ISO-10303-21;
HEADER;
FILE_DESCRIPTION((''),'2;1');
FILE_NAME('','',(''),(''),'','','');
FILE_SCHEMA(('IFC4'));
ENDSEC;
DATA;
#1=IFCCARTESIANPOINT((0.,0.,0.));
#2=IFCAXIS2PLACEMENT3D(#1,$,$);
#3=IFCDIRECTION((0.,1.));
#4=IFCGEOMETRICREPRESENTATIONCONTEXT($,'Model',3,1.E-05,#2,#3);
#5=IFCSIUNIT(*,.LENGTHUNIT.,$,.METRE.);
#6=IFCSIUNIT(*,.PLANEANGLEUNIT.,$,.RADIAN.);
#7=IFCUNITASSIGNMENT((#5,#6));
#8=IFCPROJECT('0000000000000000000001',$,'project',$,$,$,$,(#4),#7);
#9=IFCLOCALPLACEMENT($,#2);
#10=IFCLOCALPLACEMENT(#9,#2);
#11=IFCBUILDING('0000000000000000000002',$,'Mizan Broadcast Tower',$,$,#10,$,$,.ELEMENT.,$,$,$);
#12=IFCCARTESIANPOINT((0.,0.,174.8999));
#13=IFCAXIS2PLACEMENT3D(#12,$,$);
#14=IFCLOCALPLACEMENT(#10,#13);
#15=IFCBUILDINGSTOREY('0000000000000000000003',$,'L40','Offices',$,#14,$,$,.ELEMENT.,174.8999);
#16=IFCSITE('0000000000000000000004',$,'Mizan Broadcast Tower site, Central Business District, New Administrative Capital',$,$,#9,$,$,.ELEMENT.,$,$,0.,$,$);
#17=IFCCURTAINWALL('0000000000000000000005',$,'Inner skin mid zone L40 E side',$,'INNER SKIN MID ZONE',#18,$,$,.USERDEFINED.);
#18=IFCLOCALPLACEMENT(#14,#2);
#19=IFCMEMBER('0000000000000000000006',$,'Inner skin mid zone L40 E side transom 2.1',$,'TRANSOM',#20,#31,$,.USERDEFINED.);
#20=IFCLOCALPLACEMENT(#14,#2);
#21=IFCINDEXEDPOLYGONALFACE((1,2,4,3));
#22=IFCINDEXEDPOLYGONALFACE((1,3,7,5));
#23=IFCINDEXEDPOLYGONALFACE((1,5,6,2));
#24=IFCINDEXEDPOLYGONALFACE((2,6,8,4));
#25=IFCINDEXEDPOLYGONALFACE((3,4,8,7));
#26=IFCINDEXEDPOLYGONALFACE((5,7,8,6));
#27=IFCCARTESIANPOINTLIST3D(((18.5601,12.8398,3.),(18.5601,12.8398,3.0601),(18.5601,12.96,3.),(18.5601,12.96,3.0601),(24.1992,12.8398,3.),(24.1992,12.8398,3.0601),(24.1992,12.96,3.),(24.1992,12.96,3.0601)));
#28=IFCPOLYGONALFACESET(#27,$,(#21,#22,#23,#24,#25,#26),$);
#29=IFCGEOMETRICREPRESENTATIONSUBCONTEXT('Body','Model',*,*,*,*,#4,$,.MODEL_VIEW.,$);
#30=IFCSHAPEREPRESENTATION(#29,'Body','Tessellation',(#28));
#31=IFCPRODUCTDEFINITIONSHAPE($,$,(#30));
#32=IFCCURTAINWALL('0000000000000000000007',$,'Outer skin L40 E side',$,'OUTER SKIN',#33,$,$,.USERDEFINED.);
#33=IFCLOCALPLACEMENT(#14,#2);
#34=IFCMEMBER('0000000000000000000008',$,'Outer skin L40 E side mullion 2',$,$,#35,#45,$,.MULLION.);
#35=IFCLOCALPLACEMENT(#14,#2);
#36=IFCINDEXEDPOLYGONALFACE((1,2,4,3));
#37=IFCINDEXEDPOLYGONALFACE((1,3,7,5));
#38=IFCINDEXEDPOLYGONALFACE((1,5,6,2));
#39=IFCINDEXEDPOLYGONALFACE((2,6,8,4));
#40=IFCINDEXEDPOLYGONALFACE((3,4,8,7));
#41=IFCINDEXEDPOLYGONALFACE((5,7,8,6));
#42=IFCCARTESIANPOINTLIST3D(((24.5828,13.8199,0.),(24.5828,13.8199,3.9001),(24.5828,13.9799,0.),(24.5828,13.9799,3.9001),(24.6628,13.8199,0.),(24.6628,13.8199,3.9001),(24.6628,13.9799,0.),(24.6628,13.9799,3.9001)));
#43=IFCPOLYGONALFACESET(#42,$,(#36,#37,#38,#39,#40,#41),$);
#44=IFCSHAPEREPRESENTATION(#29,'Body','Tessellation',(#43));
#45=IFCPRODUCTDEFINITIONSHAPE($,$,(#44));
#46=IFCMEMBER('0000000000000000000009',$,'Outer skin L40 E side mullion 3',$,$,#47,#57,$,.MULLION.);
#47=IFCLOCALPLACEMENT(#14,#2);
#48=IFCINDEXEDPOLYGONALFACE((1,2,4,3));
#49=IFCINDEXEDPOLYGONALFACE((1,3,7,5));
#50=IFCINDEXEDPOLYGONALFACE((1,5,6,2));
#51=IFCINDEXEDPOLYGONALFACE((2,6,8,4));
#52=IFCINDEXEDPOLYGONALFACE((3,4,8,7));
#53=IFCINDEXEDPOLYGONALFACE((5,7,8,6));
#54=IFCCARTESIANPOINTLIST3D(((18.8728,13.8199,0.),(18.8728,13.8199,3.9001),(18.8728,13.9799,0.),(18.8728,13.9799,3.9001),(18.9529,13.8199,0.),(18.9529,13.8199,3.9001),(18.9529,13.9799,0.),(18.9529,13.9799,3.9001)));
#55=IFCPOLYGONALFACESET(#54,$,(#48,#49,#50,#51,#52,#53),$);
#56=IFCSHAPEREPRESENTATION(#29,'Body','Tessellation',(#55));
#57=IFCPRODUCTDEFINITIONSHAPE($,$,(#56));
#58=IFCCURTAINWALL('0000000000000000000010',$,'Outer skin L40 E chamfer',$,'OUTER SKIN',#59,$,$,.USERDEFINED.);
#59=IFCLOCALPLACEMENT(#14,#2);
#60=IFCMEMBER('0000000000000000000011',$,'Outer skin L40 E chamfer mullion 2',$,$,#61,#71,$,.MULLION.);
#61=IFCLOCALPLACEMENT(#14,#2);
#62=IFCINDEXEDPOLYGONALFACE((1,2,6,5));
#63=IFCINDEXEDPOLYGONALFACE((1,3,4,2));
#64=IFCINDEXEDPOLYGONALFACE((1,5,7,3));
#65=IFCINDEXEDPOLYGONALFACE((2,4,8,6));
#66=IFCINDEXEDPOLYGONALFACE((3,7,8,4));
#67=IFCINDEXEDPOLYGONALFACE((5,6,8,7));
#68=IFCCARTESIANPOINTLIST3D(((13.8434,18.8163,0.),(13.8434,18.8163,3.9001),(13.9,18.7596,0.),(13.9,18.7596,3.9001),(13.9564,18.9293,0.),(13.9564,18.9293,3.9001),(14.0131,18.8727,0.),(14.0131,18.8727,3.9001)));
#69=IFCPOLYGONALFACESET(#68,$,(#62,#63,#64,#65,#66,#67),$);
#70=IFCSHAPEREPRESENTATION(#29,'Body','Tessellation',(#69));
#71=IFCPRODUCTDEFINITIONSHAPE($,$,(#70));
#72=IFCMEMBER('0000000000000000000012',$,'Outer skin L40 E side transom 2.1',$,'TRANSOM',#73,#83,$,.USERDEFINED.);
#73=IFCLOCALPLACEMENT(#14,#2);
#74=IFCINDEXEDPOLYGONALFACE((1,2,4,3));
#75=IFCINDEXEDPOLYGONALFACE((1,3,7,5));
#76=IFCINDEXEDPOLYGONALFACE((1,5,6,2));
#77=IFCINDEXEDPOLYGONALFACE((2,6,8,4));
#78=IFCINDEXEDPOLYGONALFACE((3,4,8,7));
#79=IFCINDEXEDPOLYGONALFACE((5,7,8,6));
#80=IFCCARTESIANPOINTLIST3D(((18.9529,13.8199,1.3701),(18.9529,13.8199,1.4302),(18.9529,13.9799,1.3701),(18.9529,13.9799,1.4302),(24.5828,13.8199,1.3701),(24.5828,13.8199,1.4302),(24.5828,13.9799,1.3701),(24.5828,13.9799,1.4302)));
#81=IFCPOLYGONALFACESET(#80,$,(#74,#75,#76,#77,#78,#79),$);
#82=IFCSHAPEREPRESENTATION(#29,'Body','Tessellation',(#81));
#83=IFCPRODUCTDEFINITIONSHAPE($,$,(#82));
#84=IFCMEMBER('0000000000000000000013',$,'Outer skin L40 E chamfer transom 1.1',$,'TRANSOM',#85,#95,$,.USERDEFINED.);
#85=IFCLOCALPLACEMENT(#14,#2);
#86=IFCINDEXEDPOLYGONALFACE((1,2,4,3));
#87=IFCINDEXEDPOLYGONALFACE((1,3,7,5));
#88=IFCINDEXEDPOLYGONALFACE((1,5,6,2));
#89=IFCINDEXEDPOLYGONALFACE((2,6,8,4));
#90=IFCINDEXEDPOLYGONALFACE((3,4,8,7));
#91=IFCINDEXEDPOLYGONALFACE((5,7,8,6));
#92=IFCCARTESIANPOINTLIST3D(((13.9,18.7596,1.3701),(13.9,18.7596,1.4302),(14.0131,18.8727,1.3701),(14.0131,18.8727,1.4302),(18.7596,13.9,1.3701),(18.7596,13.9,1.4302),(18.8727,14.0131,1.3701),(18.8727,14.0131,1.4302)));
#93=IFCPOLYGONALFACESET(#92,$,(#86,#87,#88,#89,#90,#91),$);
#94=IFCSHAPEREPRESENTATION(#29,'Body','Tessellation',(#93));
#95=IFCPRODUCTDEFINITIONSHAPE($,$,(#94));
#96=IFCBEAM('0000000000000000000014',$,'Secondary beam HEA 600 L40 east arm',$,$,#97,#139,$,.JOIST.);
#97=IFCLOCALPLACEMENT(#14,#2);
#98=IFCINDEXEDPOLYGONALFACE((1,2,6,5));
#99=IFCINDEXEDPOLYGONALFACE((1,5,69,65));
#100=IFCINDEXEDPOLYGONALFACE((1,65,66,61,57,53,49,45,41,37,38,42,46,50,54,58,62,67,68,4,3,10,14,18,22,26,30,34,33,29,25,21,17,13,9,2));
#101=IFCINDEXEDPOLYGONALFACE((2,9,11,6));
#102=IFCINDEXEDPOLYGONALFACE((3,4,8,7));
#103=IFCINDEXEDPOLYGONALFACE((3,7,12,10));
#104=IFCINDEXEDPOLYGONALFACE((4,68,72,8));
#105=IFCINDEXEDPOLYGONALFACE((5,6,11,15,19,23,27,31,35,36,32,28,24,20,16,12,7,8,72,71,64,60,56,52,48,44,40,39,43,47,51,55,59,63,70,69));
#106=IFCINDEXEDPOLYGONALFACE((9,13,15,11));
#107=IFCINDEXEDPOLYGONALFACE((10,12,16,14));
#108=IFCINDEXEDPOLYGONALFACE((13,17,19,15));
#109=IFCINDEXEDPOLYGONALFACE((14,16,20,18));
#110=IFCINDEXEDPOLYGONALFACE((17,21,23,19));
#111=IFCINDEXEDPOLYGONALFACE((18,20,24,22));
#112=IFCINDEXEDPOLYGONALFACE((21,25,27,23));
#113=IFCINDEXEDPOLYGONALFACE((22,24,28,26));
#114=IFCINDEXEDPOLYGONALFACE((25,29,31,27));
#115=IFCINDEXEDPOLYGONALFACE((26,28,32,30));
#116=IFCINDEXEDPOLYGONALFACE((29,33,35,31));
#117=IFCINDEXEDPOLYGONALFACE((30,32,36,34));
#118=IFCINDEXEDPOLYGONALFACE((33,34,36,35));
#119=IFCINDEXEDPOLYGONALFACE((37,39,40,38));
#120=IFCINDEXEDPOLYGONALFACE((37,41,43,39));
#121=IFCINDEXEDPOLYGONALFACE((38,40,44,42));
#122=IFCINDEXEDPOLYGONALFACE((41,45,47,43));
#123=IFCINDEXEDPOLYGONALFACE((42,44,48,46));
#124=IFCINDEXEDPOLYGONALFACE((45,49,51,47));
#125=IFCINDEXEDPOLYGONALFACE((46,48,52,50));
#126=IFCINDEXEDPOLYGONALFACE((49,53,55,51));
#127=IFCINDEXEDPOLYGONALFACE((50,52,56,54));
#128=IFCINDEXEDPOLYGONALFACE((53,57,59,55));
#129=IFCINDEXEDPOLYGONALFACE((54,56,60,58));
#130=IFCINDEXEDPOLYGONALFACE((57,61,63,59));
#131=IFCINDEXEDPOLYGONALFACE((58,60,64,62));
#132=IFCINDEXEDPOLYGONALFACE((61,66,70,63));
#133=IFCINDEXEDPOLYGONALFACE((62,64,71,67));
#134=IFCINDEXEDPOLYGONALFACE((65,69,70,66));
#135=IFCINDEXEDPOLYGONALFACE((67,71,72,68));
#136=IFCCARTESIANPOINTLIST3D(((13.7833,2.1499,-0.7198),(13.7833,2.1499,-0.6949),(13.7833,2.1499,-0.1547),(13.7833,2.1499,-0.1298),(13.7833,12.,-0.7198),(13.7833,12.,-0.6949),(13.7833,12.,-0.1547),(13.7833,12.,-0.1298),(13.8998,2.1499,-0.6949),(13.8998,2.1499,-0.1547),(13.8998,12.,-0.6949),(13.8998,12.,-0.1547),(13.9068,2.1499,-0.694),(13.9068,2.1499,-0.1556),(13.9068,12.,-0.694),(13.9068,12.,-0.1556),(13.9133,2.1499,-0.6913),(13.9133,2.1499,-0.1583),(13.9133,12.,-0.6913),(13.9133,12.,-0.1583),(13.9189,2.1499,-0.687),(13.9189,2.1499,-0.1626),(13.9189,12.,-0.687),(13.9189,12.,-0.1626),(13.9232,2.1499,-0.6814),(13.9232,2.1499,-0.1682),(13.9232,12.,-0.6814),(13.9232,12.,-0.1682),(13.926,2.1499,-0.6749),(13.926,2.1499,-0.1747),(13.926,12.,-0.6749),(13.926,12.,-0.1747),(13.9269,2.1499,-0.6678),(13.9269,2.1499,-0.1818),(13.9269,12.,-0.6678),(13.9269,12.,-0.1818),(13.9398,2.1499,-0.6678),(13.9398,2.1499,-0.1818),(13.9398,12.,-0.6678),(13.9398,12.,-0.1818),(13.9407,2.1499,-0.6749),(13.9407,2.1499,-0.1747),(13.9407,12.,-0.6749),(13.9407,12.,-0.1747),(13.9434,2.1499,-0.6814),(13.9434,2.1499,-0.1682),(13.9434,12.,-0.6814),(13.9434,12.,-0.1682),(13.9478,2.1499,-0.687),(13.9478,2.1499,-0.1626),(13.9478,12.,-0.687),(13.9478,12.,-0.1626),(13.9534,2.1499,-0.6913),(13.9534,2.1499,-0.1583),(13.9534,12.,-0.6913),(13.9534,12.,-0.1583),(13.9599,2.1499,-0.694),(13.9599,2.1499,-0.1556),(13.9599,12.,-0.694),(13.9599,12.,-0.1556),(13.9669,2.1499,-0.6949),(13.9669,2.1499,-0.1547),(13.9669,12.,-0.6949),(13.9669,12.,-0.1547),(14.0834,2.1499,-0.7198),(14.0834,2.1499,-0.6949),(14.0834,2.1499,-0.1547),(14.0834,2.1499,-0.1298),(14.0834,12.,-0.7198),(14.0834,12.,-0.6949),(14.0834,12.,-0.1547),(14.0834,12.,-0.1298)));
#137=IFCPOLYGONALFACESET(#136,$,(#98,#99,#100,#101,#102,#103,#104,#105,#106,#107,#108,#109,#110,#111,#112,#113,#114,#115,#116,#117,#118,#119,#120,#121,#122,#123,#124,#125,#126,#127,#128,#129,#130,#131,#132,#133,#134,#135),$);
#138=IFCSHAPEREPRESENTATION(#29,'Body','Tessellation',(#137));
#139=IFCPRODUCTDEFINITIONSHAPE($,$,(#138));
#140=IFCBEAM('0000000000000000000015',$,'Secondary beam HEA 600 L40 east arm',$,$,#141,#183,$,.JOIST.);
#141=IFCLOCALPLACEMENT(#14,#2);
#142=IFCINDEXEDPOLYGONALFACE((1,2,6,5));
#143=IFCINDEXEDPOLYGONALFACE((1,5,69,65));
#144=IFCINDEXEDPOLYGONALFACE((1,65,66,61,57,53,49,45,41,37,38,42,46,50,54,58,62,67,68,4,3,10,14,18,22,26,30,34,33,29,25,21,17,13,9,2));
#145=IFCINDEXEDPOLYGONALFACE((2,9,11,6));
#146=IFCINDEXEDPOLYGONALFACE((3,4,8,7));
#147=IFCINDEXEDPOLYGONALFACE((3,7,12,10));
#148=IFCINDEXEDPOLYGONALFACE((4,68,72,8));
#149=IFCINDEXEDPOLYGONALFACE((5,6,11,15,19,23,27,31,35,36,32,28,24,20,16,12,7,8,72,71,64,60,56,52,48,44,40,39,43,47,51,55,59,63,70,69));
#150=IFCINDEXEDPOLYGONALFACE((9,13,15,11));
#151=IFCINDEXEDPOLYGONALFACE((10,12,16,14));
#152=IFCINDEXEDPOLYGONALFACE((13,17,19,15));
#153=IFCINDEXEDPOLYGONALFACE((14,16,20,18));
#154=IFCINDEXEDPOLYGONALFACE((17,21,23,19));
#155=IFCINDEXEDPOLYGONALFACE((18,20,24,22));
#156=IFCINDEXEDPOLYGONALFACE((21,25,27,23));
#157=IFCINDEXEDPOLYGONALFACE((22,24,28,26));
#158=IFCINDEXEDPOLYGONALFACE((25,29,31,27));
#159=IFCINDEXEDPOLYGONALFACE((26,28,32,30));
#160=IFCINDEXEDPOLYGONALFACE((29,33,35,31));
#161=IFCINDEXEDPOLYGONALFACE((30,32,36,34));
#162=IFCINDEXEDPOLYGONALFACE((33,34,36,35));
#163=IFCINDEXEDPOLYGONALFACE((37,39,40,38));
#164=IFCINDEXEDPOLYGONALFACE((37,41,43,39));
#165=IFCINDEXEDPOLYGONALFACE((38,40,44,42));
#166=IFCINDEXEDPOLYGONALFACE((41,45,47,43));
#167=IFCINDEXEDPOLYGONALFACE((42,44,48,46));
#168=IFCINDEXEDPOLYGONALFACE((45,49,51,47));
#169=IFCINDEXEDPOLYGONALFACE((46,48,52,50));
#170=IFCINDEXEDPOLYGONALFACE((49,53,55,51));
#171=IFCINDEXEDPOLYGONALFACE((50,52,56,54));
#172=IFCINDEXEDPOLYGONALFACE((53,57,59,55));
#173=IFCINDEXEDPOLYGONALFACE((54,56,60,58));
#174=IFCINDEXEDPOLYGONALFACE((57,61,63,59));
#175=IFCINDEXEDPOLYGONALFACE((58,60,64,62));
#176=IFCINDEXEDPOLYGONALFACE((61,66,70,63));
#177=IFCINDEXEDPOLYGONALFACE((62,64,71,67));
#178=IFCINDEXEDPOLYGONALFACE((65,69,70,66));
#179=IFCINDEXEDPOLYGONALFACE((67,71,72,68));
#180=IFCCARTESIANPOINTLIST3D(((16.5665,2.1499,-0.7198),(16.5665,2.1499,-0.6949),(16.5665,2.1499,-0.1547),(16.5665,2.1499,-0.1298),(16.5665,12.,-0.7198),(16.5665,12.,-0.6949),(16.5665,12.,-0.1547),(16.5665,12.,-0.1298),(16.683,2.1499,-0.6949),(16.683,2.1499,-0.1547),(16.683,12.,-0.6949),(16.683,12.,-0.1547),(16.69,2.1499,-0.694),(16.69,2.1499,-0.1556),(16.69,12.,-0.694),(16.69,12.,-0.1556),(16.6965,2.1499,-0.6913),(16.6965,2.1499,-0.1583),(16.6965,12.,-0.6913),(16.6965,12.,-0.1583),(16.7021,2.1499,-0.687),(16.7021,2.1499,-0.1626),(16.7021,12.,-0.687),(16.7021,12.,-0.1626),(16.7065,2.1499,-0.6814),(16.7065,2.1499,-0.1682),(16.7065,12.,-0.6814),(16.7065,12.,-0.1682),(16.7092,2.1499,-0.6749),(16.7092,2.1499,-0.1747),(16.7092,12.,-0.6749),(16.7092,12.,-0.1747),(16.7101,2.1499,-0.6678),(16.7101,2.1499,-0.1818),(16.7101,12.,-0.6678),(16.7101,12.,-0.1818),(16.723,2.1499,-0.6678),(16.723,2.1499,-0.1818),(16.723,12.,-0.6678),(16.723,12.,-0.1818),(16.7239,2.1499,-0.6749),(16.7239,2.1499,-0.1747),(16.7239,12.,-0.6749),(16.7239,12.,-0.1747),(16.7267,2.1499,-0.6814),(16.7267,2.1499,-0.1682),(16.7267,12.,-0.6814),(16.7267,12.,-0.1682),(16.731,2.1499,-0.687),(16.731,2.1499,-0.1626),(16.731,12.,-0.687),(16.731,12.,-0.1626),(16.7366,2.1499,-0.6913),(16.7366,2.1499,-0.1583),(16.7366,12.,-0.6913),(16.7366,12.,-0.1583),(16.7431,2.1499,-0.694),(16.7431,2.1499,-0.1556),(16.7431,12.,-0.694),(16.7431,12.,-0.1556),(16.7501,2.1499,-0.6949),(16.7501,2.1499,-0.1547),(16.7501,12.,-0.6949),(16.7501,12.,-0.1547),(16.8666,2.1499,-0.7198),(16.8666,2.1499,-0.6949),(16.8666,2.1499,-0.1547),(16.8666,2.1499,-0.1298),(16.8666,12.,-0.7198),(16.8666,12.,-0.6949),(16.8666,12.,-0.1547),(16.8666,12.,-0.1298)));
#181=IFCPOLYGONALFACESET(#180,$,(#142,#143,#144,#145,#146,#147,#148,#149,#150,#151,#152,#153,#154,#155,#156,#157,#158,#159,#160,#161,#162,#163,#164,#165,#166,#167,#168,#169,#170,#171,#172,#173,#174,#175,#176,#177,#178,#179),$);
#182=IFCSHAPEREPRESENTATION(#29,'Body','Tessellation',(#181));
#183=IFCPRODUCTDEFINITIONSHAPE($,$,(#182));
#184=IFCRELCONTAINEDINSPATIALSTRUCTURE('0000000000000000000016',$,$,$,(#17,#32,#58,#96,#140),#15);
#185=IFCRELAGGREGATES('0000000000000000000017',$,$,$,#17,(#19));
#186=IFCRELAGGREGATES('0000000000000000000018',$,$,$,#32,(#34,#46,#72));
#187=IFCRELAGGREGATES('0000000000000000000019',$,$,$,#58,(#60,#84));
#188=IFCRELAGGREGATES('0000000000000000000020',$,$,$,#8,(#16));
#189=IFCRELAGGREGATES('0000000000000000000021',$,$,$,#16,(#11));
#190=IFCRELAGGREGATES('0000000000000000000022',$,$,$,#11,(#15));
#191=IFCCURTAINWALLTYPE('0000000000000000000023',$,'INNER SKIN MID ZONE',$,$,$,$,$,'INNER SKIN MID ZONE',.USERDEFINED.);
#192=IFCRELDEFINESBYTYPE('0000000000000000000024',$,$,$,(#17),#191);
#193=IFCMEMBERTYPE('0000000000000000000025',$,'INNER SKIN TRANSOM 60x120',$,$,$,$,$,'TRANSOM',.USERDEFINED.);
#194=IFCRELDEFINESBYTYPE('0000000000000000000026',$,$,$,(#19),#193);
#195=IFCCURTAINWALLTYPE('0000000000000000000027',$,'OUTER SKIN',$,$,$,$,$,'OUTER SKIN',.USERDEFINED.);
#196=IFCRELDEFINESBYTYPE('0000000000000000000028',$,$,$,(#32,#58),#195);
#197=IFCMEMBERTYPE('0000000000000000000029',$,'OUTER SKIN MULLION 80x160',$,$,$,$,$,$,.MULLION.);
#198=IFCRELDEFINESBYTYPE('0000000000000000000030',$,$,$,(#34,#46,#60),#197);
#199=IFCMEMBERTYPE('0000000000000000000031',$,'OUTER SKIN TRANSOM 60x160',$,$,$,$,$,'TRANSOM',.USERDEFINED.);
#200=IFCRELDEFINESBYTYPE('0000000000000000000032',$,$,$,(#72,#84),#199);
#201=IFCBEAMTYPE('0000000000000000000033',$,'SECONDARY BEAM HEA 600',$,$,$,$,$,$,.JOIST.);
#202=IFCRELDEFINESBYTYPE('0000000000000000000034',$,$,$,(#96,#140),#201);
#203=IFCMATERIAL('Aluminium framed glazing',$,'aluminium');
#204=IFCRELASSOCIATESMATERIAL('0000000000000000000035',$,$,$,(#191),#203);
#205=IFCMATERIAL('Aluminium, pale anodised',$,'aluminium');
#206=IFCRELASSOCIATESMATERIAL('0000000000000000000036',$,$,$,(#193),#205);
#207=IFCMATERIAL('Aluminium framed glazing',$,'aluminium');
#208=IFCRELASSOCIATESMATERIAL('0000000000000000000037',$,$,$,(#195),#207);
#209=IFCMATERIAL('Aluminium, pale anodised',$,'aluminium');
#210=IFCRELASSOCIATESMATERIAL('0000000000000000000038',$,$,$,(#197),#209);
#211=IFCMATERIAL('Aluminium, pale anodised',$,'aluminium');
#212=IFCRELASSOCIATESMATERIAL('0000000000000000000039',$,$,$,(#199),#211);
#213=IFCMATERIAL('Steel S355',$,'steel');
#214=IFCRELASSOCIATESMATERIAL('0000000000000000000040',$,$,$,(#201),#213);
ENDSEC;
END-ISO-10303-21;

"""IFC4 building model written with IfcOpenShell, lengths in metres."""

from ifc_helpers import new_model, si_unit, direction, frame, origin, origin_2d, place, context, subcontext, project, spatial, rectangle, i_section, extrude, material, material_profile, profile_set, type_object, element, aggregate, save


model = new_model("IFC4")

# Units and contexts
model_context = context("Model", 3, precision=1e-05, world=origin(), true_north=direction((0.0, 1.0)))
body_context = subcontext(model_context, "Body", "Model", "MODEL_VIEW")
ifc_project = project(units=[si_unit("LENGTHUNIT", "METRE"), si_unit("PLANEANGLEUNIT", "RADIAN")], contexts=[model_context])

# Site, building, storey
site_placement = place(None, origin())
site = spatial("IfcSite", under=ifc_project, at=site_placement, Name="Mizan Broadcast Tower site, Central Business District, New Administrative Capital", CompositionType="ELEMENT", RefElevation=0.0)
building_placement = place(site_placement, origin())
building = spatial("IfcBuilding", under=site, at=building_placement, Name="Mizan Broadcast Tower", CompositionType="ELEMENT")
storey_placement = place(building_placement, frame((0.0, 0.0, 174.8999)))
storey = spatial("IfcBuildingStorey", under=building, at=storey_placement, Name="L40", Description="Offices", CompositionType="ELEMENT", Elevation=174.8999)

# Curtain walls, members
ifc_material_1 = material(Name="Aluminium framed glazing", Category="aluminium")
curtain_wall_type_1 = type_object("IfcCurtainWallType", Name="INNER SKIN MID ZONE", ElementType="INNER SKIN MID ZONE", PredefinedType="USERDEFINED", material=ifc_material_1)
curtain_wall_1_placement = place(storey_placement, origin())
curtain_wall_1 = element("IfcCurtainWall", 1, at=curtain_wall_1_placement, inside=storey, type_object=curtain_wall_type_1, Name="Inner skin mid zone L40 E side", ObjectType="INNER SKIN MID ZONE", PredefinedType="USERDEFINED")
ifc_material_2 = material(Name="Aluminium, pale anodised", Category="aluminium")
ifc_material_profile_1 = material_profile(ifc_material_2, rectangle(XDim=0.1201, YDim=0.0601, at=origin_2d()), Name="TRANSOM 120x60")
ifc_profile_set_1 = profile_set([ifc_material_profile_1], Name="Aluminium, pale anodised")
member_type_1 = type_object("IfcMemberType", Name="INNER SKIN TRANSOM 60x120", ElementType="TRANSOM", PredefinedType="USERDEFINED", material=ifc_profile_set_1)
member_1_placement = place(storey_placement, frame((24.1992, 12.8999, 3.03), z_axis=(-1.0, 0.0, 0.0), x_axis=(0.0, -1.0, 0.0)))
member_1 = element("IfcMember", 2, at=member_1_placement, type_object=member_type_1, Name="Inner skin mid zone L40 E side transom 2.1", ObjectType="TRANSOM", PredefinedType="USERDEFINED", context=body_context, shape_type="SweptSolid", body=[
    extrude(rectangle(XDim=0.1201, YDim=0.0601, at=origin_2d()), origin(), (0.0, 0.0, 1.0), 5.6392),
])
ifc_material_3 = material(Name="Aluminium framed glazing", Category="aluminium")
curtain_wall_type_2 = type_object("IfcCurtainWallType", Name="OUTER SKIN", ElementType="OUTER SKIN", PredefinedType="USERDEFINED", material=ifc_material_3)
curtain_wall_2_placement = place(storey_placement, origin())
curtain_wall_2 = element("IfcCurtainWall", 3, at=curtain_wall_2_placement, inside=storey, type_object=curtain_wall_type_2, Name="Outer skin L40 E side", ObjectType="OUTER SKIN", PredefinedType="USERDEFINED")
ifc_material_4 = material(Name="Aluminium, pale anodised", Category="aluminium")
ifc_material_profile_2 = material_profile(ifc_material_4, rectangle(XDim=0.1599, YDim=0.0801, at=origin_2d()), Name="MULLION 160x80")
ifc_profile_set_2 = profile_set([ifc_material_profile_2], Name="Aluminium, pale anodised")
member_type_2 = type_object("IfcMemberType", Name="OUTER SKIN MULLION 80x160", PredefinedType="MULLION", material=ifc_profile_set_2)
member_2_placement = place(storey_placement, frame((24.6228, 13.8999, 0.0), z_axis=(0.0, 0.0, 1.0), x_axis=(0.0, -1.0, 0.0)))
member_2 = element("IfcMember", 4, at=member_2_placement, type_object=member_type_2, Name="Outer skin L40 E side mullion 2", PredefinedType="MULLION", context=body_context, shape_type="SweptSolid", body=[
    extrude(rectangle(XDim=0.1599, YDim=0.0801, at=origin_2d()), origin(), (0.0, 0.0, 1.0), 3.9001),
])
member_3_placement = place(storey_placement, frame((18.9128, 13.8999, 0.0), z_axis=(0.0, 0.0, 1.0), x_axis=(0.0, -1.0, 0.0)))
member_3 = element("IfcMember", 5, at=member_3_placement, type_object=member_type_2, Name="Outer skin L40 E side mullion 3", PredefinedType="MULLION", context=body_context, shape_type="SweptSolid", body=[
    extrude(rectangle(XDim=0.1599, YDim=0.0801, at=origin_2d()), origin(), (0.0, 0.0, 1.0), 3.9001),
])

# Curtain wall, member
curtain_wall_3_placement = place(storey_placement, origin())
curtain_wall_3 = element("IfcCurtainWall", 6, at=curtain_wall_3_placement, inside=storey, type_object=curtain_wall_type_2, Name="Outer skin L40 E chamfer", ObjectType="OUTER SKIN", PredefinedType="USERDEFINED")
member_4_placement = place(storey_placement, frame((13.9282, 18.8445, 0.0), z_axis=(0.0, 0.0, 1.0), x_axis=(-0.707107, -0.707107, 0.0)))
member_4 = element("IfcMember", 7, at=member_4_placement, type_object=member_type_2, Name="Outer skin L40 E chamfer mullion 2", PredefinedType="MULLION", context=body_context, shape_type="SweptSolid", body=[
    extrude(rectangle(XDim=0.1599, YDim=0.0801, at=origin_2d()), origin(), (0.0, 0.0, 1.0), 3.9001),
])

# Members
ifc_material_5 = material(Name="Aluminium, pale anodised", Category="aluminium")
ifc_material_profile_3 = material_profile(ifc_material_5, rectangle(XDim=0.1599, YDim=0.0601, at=origin_2d()), Name="TRANSOM 160x60")
ifc_profile_set_3 = profile_set([ifc_material_profile_3], Name="Aluminium, pale anodised")
member_type_3 = type_object("IfcMemberType", Name="OUTER SKIN TRANSOM 60x160", ElementType="TRANSOM", PredefinedType="USERDEFINED", material=ifc_profile_set_3)
member_5_placement = place(storey_placement, frame((24.5828, 13.8999, 1.4001), z_axis=(-1.0, 0.0, 0.0), x_axis=(0.0, -1.0, 0.0)))
member_5 = element("IfcMember", 8, at=member_5_placement, type_object=member_type_3, Name="Outer skin L40 E side transom 2.1", ObjectType="TRANSOM", PredefinedType="USERDEFINED", context=body_context, shape_type="SweptSolid", body=[
    extrude(rectangle(XDim=0.1599, YDim=0.0601, at=origin_2d()), origin(), (0.0, 0.0, 1.0), 5.6299),
])
member_6_placement = place(storey_placement, frame((18.8162, 13.9565, 1.4001), z_axis=(-0.707107, 0.707107, 0.0), x_axis=(-0.707107, -0.707107, 0.0)))
member_6 = element("IfcMember", 9, at=member_6_placement, type_object=member_type_3, Name="Outer skin L40 E chamfer transom 1.1", ObjectType="TRANSOM", PredefinedType="USERDEFINED", context=body_context, shape_type="SweptSolid", body=[
    extrude(rectangle(XDim=0.1599, YDim=0.0601, at=origin_2d()), origin(), (0.0, 0.0, 1.0), 6.8726),
])

# Beams
ifc_material_6 = material(Name="Steel S355", Category="steel")
ifc_material_profile_4 = material_profile(ifc_material_6, i_section(OverallWidth=0.3, OverallDepth=0.5901, WebThickness=0.0129, FlangeThickness=0.0249, FilletRadius=0.0271, at=origin_2d()), Name="HEA 600")
ifc_profile_set_4 = profile_set([ifc_material_profile_4], Name="Steel S355")
beam_type_1 = type_object("IfcBeamType", Name="SECONDARY BEAM HEA 600", PredefinedType="JOIST", material=ifc_profile_set_4)
for number, where, z_axis, x_axis, name in (
    (10, (13.9333, 12.0, -0.4248), (0.0, -1.0, 0.0), (1.0, 0.0, 0.0), "Secondary beam HEA 600 L40 east arm"),
    (11, (16.7166, 12.0, -0.4248), (0.0, -1.0, 0.0), (1.0, 0.0, 0.0), "Secondary beam HEA 600 L40 east arm"),
):
    element("IfcBeam", number, at=place(storey_placement, frame(where, z_axis=z_axis, x_axis=x_axis)), inside=storey, type_object=beam_type_1, Name=name, PredefinedType="JOIST", context=body_context, shape_type="SweptSolid", body=[
        extrude(i_section(OverallWidth=0.3, OverallDepth=0.5901, WebThickness=0.0129, FlangeThickness=0.0249, FilletRadius=0.0271, at=origin_2d()), origin(), (0.0, 0.0, 1.0), 9.8501),
    ])

aggregate(curtain_wall_1, [member_1])
aggregate(curtain_wall_2, [member_2, member_3, member_5])
aggregate(curtain_wall_3, [member_4, member_6])

save(model, "model.ifc")
